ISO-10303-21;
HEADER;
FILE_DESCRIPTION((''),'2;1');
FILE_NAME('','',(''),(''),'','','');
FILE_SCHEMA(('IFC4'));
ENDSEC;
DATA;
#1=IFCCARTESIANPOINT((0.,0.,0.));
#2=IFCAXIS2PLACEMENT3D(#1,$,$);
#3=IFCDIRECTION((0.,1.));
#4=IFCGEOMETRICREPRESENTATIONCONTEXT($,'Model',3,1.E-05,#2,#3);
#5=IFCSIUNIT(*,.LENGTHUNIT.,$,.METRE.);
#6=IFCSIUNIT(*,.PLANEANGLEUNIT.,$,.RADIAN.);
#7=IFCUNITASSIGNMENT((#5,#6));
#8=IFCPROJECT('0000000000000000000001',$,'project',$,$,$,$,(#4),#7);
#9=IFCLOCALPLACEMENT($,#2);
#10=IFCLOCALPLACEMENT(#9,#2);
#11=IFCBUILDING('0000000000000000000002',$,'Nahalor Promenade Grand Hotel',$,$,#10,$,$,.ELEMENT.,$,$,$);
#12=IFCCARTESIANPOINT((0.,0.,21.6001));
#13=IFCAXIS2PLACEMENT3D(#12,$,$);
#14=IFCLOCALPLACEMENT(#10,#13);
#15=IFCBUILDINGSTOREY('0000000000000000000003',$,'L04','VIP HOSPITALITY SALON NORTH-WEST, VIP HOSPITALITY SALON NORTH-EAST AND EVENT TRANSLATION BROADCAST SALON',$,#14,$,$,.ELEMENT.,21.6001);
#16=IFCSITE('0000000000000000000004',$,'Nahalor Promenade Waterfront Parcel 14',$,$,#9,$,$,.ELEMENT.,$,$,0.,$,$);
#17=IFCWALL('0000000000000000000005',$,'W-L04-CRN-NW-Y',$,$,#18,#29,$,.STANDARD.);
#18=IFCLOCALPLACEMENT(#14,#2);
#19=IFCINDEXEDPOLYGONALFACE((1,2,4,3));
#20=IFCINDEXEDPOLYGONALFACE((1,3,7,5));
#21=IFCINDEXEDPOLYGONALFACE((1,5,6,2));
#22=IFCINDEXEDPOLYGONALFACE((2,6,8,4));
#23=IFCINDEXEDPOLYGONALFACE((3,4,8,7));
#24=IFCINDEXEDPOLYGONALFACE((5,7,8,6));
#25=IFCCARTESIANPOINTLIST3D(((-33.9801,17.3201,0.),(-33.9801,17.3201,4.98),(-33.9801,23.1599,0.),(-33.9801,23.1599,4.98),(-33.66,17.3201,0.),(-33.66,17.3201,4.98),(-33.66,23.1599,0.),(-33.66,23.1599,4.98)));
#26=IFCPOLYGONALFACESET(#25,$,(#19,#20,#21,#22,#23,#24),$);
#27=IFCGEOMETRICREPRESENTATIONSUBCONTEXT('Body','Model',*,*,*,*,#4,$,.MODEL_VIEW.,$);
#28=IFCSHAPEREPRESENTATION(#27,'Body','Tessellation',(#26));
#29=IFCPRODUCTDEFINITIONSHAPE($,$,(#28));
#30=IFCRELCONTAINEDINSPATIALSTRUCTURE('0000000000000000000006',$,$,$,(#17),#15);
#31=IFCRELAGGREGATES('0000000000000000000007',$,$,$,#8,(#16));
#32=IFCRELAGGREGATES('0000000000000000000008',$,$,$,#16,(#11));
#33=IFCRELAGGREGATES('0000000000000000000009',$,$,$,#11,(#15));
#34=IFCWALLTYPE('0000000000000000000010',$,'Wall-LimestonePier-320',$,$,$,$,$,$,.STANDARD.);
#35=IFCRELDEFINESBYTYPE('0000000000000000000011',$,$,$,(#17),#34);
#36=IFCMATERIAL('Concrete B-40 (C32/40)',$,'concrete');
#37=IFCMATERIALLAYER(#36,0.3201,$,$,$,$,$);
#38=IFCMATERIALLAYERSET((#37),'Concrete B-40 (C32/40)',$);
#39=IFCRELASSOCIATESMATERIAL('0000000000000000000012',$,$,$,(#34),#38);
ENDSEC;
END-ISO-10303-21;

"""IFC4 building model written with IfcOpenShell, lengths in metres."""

from ifc_helpers import new_model, si_unit, direction, frame, frame_2d, origin, place, context, subcontext, project, spatial, rectangle, extrude, source, transform, mapped, material, layer, layer_set, type_object, element, save


model = new_model("IFC4")

# Units and contexts
model_context = context("Model", 3, precision=1e-05, world=origin(), true_north=direction((0.0, 1.0)))
body_context = subcontext(model_context, "Body", "Model", "MODEL_VIEW")
ifc_project = project(units=[si_unit("LENGTHUNIT", "METRE"), si_unit("PLANEANGLEUNIT", "RADIAN")], contexts=[model_context])

# Site, building, storey
site_placement = place(None, origin())
site = spatial("IfcSite", under=ifc_project, at=site_placement, Name="Nahalor Promenade Waterfront Parcel 14", CompositionType="ELEMENT", RefElevation=0.0)
building_placement = place(site_placement, origin())
building = spatial("IfcBuilding", under=site, at=building_placement, Name="Nahalor Promenade Grand Hotel", CompositionType="ELEMENT")
storey_placement = place(building_placement, frame((0.0, 0.0, 21.6001)))
storey = spatial("IfcBuildingStorey", under=building, at=storey_placement, Name="L04", Description="VIP HOSPITALITY SALON NORTH-WEST, VIP HOSPITALITY SALON NORTH-EAST AND EVENT TRANSLATION BROADCAST SALON", CompositionType="ELEMENT", Elevation=21.6001)

# Shared definitions
ifc_material_1 = material(Name="Concrete B-40 (C32/40)", Category="concrete")
ifc_layer_1 = layer(ifc_material_1, 0.3201)
ifc_layer_set_1 = layer_set([ifc_layer_1], Name="Concrete B-40 (C32/40)")
wall_type = type_object("IfcWallType", Name="Wall-LimestonePier-320", PredefinedType="STANDARD", material=ifc_layer_set_1)

# Wall
shared_shape_1 = source(origin(), body_context, "Body", "SweptSolid", [
    extrude(rectangle(XDim=5.8398, YDim=0.3201, at=frame_2d((2.9199, 0.0))), origin(), (0.0, 0.0, 1.0), 4.98),
])
wall_1_placement = place(storey_placement, frame((-33.8201, 17.3201, 0.0), z_axis=(0.0, 0.0, 1.0), x_axis=(0.0, 1.0, 0.0)))
element("IfcWall", 1, at=wall_1_placement, inside=storey, type_object=wall_type, Name="W-L04-CRN-NW-Y", PredefinedType="STANDARD", context=body_context, shape_type="MappedRepresentation", body=[
    mapped(shared_shape_1, transform((0.0, 0.0, 0.0), scale=1.0)),
])

save(model, "model.ifc")
